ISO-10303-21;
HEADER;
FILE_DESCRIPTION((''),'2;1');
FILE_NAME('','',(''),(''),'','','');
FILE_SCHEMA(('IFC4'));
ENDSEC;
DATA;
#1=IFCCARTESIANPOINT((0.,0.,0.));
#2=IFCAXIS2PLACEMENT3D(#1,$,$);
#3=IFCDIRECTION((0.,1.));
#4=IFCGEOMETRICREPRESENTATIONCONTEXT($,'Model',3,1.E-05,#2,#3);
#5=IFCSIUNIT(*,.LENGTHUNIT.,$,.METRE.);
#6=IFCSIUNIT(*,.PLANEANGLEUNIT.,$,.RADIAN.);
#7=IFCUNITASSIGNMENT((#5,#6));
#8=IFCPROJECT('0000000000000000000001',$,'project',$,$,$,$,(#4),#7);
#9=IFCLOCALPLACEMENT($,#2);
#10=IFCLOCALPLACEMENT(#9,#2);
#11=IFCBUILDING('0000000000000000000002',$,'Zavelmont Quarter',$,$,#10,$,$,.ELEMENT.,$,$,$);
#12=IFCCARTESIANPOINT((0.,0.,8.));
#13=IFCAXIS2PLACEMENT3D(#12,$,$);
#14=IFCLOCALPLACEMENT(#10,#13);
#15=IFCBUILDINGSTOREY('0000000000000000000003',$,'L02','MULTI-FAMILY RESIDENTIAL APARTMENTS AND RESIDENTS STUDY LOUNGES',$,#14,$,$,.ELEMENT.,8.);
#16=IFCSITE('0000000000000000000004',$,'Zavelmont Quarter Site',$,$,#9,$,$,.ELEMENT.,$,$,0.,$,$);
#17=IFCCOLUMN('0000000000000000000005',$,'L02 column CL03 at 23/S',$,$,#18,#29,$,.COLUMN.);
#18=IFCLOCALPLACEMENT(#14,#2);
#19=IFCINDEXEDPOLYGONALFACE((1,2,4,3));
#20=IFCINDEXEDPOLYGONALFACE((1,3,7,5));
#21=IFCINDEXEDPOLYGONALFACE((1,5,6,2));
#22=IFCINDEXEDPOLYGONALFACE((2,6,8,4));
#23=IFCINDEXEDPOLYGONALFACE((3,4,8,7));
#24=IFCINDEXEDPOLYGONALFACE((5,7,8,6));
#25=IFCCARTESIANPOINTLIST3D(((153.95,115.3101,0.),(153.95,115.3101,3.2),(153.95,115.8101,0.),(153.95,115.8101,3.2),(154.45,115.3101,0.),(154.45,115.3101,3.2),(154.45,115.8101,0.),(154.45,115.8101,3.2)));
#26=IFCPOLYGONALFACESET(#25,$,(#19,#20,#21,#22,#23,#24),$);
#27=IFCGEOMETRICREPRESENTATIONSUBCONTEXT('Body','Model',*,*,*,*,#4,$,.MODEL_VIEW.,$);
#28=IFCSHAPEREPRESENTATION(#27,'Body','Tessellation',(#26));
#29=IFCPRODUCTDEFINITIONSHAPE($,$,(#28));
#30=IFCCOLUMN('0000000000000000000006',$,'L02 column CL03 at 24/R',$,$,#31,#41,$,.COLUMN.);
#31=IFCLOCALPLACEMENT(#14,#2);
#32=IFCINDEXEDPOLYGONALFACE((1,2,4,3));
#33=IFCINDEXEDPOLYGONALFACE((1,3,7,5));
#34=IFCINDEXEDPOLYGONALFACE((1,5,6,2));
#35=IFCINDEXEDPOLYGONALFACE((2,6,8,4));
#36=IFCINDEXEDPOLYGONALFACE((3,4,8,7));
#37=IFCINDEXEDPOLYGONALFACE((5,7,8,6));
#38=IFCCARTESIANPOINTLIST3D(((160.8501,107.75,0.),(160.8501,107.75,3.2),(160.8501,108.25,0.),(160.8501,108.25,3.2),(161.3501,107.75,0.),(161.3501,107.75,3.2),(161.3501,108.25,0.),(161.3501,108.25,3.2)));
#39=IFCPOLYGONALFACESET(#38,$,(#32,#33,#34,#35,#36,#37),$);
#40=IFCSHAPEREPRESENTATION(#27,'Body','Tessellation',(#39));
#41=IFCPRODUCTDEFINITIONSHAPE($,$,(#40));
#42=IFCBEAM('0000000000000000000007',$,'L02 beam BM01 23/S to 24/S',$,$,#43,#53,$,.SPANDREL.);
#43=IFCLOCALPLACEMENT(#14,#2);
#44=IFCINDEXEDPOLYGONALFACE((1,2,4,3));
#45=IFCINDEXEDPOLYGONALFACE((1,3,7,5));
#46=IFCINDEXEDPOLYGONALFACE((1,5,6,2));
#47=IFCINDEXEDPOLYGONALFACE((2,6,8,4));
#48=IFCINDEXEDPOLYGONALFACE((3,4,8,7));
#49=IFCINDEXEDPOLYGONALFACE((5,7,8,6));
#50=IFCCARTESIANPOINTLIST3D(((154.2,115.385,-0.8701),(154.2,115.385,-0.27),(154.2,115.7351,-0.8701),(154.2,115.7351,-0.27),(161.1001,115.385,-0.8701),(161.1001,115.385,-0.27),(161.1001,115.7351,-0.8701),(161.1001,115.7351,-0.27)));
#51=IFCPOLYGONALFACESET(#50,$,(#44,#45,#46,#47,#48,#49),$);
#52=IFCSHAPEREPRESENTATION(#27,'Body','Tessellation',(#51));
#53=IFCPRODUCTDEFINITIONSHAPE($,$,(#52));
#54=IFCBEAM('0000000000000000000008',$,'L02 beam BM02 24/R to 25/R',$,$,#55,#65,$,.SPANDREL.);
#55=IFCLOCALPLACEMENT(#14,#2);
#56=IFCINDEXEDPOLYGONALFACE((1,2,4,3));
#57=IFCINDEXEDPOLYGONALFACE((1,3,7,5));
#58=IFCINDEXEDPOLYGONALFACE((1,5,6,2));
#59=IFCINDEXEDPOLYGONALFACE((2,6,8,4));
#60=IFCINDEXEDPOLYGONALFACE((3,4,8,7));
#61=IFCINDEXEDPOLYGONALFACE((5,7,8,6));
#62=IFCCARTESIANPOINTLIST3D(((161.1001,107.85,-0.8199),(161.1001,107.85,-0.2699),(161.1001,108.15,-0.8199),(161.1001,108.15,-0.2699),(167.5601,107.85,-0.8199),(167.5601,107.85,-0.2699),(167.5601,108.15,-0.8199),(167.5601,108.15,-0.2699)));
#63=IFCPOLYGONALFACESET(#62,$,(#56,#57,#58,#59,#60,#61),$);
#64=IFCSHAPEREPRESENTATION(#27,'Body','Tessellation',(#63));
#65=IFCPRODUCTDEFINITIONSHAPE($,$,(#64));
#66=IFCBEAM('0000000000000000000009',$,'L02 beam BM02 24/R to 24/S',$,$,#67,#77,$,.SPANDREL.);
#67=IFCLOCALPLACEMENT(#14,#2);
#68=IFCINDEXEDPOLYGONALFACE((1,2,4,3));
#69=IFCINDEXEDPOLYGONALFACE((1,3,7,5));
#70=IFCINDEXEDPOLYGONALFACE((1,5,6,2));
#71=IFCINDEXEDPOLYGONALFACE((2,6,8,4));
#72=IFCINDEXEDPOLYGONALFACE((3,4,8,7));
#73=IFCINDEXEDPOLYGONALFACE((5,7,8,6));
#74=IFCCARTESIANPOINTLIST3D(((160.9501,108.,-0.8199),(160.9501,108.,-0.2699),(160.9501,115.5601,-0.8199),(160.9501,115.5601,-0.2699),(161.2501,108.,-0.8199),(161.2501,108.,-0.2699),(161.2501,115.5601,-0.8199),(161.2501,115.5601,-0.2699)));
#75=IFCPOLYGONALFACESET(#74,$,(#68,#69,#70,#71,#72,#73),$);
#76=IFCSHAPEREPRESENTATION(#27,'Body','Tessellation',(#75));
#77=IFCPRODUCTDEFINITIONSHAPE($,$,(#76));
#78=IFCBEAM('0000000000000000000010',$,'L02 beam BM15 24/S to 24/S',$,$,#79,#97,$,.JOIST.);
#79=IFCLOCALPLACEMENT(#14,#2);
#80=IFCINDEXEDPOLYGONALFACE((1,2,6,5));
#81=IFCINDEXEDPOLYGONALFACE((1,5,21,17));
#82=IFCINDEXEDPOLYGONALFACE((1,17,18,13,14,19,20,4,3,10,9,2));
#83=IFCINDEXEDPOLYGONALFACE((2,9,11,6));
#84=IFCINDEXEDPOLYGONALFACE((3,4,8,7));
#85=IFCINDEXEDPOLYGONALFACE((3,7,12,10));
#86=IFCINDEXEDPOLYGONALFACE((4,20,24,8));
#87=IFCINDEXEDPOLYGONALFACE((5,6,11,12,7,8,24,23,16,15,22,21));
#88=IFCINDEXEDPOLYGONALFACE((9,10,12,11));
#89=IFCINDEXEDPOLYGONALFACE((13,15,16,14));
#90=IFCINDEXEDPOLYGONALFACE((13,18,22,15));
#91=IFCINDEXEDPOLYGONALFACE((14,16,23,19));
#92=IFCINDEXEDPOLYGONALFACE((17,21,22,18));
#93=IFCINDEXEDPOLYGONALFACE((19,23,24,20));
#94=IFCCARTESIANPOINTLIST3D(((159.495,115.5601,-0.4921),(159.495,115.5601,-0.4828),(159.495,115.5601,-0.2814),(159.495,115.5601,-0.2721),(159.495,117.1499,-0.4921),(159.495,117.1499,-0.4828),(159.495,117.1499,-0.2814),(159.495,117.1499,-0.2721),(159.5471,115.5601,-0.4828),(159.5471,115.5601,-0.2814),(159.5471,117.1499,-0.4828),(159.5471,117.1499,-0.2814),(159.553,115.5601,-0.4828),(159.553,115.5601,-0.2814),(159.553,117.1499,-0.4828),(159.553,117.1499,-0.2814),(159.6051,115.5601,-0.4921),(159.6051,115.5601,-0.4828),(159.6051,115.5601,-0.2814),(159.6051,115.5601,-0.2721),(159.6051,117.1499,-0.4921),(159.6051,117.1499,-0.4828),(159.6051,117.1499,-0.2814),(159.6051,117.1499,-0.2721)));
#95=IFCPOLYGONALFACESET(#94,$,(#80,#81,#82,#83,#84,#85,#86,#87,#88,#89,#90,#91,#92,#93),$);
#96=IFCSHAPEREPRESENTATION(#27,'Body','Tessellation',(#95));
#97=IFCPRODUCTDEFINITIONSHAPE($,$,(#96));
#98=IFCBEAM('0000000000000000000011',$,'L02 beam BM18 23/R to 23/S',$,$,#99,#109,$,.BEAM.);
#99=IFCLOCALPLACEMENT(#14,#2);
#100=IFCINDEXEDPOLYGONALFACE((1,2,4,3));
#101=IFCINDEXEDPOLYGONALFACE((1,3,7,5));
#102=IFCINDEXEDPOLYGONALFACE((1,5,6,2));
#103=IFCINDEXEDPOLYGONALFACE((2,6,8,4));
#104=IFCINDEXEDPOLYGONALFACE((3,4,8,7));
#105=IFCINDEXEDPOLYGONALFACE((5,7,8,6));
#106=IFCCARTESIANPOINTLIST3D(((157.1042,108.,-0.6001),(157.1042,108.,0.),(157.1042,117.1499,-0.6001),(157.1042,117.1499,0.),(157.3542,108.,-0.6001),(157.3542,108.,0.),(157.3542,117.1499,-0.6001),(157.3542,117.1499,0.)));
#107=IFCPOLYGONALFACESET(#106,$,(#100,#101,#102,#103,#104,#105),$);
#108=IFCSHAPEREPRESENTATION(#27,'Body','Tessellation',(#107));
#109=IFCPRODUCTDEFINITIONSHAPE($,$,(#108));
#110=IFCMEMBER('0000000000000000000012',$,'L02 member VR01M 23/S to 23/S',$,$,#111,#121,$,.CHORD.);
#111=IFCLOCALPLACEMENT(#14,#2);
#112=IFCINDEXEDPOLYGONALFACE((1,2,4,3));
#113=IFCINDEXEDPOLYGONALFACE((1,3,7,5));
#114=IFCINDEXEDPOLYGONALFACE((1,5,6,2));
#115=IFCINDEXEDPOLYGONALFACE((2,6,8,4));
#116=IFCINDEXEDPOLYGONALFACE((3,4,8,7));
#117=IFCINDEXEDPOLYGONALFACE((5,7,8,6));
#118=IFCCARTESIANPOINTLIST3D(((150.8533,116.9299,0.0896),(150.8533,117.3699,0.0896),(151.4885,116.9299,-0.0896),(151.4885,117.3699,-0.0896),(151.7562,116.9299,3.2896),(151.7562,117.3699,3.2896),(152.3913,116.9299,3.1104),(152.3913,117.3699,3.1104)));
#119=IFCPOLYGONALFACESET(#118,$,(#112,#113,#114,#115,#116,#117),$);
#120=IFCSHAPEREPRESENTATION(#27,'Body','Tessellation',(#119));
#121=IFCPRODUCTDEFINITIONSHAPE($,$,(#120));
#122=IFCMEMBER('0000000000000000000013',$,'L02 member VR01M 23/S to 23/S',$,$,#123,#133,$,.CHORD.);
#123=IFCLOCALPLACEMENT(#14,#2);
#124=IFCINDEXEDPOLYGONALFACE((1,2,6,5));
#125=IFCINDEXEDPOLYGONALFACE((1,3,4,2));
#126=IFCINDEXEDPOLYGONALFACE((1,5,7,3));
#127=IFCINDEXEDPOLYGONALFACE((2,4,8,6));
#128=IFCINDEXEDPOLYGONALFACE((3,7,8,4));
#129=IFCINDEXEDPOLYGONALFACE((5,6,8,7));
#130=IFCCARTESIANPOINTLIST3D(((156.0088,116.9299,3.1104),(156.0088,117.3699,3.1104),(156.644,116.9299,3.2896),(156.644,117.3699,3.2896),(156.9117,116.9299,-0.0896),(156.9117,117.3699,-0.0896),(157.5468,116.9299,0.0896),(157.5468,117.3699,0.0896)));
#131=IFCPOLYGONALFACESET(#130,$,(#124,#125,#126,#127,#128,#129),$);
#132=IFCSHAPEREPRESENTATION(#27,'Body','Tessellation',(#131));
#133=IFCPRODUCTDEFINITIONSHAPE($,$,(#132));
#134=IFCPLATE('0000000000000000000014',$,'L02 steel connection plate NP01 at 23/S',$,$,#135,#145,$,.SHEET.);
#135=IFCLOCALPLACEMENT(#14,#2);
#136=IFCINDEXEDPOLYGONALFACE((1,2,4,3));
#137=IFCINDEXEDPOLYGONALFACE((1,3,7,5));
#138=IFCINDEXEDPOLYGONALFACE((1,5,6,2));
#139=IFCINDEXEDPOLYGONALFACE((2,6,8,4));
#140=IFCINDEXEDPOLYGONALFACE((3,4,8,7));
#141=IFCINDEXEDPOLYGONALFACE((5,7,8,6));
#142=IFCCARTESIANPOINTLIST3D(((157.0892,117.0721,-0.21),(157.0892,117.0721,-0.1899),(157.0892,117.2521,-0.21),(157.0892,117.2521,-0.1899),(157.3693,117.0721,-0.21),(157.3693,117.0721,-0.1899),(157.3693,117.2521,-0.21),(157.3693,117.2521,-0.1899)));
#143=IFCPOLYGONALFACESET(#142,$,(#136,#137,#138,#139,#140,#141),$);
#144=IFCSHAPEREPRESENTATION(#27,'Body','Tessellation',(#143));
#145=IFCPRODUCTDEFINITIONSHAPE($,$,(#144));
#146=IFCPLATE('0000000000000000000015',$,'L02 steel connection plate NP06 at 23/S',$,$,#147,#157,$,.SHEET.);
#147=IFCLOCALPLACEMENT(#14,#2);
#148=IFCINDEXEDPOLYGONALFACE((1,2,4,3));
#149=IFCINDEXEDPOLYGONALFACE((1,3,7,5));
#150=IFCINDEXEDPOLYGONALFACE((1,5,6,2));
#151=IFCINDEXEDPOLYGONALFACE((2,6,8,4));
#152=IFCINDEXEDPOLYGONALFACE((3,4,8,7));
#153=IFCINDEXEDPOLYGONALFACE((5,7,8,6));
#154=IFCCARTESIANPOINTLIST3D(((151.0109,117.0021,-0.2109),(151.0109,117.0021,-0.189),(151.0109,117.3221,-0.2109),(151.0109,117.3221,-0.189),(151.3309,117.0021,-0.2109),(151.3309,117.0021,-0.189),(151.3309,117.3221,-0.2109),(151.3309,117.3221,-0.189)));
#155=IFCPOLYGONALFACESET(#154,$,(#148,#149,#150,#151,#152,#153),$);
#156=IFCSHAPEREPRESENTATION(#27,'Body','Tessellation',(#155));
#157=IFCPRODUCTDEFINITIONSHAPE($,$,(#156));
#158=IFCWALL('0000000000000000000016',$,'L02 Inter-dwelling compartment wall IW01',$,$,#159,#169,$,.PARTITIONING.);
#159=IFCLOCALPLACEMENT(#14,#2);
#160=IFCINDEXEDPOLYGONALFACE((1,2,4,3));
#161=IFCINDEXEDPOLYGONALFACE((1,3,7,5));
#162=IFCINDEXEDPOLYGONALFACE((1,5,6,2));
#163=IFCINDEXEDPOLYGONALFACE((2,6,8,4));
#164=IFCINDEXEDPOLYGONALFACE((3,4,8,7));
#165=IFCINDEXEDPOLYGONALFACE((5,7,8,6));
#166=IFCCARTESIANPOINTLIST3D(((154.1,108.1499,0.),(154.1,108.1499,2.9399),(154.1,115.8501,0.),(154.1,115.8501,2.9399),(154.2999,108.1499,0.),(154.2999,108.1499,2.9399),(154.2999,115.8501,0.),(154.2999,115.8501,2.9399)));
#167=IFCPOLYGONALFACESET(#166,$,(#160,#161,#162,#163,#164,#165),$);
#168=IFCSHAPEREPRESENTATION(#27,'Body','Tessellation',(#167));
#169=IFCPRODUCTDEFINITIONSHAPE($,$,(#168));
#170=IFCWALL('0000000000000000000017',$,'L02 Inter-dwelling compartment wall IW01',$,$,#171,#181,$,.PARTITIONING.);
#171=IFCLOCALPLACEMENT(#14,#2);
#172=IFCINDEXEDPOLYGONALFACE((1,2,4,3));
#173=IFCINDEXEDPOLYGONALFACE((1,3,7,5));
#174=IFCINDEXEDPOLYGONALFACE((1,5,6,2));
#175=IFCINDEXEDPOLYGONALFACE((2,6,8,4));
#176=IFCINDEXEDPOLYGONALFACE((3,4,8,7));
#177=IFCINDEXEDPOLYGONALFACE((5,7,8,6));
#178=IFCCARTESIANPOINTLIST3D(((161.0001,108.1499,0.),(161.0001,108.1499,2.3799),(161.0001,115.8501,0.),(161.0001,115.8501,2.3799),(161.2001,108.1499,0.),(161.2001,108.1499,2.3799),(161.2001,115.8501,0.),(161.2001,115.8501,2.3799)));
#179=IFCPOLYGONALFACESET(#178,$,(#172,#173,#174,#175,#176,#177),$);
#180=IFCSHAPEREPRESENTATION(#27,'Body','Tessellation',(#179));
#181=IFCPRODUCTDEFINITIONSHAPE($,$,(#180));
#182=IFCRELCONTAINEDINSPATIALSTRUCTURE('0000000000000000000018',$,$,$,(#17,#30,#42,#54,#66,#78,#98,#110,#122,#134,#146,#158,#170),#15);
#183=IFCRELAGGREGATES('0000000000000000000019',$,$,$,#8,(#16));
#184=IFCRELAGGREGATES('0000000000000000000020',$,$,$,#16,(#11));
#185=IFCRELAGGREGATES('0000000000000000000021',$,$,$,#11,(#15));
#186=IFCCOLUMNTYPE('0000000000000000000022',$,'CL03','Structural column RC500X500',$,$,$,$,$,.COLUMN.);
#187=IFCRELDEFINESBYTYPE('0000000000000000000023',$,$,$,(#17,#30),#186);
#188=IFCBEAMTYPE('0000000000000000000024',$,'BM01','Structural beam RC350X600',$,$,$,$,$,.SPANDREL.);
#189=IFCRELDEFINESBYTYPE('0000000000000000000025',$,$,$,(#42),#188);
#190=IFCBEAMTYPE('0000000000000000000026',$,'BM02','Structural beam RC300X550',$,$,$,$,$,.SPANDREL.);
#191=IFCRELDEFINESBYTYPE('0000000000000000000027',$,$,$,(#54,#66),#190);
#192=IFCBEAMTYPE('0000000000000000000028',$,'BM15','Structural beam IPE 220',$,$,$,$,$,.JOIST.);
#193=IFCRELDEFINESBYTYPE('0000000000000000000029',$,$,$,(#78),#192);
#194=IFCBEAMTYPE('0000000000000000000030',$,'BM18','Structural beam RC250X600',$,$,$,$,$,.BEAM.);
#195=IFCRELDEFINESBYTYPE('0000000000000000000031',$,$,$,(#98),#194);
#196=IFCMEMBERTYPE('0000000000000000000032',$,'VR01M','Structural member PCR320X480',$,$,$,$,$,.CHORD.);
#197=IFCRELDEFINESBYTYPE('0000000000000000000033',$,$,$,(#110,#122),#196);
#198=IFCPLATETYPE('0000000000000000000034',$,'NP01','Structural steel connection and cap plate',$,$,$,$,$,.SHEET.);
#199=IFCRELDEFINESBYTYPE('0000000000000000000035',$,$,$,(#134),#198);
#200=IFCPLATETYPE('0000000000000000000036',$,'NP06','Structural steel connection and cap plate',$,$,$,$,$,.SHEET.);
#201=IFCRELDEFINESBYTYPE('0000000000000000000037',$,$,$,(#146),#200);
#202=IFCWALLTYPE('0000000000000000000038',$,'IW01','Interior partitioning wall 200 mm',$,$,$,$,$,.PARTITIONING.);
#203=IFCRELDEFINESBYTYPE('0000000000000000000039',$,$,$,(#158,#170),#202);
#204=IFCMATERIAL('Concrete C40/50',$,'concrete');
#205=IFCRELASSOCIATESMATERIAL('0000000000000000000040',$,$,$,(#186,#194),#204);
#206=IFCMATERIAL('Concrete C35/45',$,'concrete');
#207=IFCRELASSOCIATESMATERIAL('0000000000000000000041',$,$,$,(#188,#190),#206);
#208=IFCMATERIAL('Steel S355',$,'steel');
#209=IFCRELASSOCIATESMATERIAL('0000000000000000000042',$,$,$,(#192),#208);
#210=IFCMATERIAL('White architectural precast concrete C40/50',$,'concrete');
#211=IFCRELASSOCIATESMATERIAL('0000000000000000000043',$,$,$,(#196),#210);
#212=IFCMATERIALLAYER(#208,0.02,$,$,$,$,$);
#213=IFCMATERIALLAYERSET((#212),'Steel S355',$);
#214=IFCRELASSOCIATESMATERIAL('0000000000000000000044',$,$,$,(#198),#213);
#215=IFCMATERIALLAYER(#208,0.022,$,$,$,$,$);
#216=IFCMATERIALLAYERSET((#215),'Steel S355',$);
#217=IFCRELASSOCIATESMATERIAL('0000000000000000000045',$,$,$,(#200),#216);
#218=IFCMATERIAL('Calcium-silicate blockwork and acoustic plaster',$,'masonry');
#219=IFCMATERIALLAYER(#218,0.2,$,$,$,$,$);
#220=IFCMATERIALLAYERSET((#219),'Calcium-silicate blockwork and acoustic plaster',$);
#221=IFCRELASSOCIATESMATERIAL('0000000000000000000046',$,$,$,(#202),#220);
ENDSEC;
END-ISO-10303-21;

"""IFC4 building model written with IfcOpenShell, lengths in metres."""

from ifc_helpers import new_model, si_unit, direction, frame, frame_2d, origin, origin_2d, place, context, subcontext, project, spatial, rectangle, i_section, extrude, material, layer, layer_set, material_profile, profile_set, type_object, element, save


model = new_model("IFC4")

# Units and contexts
model_context = context("Model", 3, precision=1e-05, world=origin(), true_north=direction((0.0, 1.0)))
body_context = subcontext(model_context, "Body", "Model", "MODEL_VIEW")
ifc_project = project(units=[si_unit("LENGTHUNIT", "METRE"), si_unit("PLANEANGLEUNIT", "RADIAN")], contexts=[model_context])

# Site, building, storey
site_placement = place(None, origin())
site = spatial("IfcSite", under=ifc_project, at=site_placement, Name="Zavelmont Quarter Site", CompositionType="ELEMENT", RefElevation=0.0)
building_placement = place(site_placement, origin())
building = spatial("IfcBuilding", under=site, at=building_placement, Name="Zavelmont Quarter", CompositionType="ELEMENT")
storey_placement = place(building_placement, frame((0.0, 0.0, 8.0)))
storey = spatial("IfcBuildingStorey", under=building, at=storey_placement, Name="L02", Description="MULTI-FAMILY RESIDENTIAL APARTMENTS AND RESIDENTS STUDY LOUNGES", CompositionType="ELEMENT", Elevation=8.0)

# Columns
ifc_material_1 = material(Name="Concrete C40/50", Category="concrete")
ifc_material_profile_1 = material_profile(ifc_material_1, rectangle(XDim=0.5, YDim=0.5, at=origin_2d()), Name="RC500X500")
ifc_profile_set_1 = profile_set([ifc_material_profile_1], Name="Concrete C40/50")
column_type = type_object("IfcColumnType", Name="CL03", Description="Structural column RC500X500", PredefinedType="COLUMN", material=ifc_profile_set_1)
for number, where, z_axis, x_axis, name in (
    (1, (154.2, 115.5601, 0.0), (0.0, 0.0, 1.0), (1.0, 0.0, 0.0), "L02 column CL03 at 23/S"),
    (2, (161.1001, 108.0, 0.0), (0.0, 0.0, 1.0), (1.0, 0.0, 0.0), "L02 column CL03 at 24/R"),
):
    element("IfcColumn", number, at=place(storey_placement, frame(where, z_axis=z_axis, x_axis=x_axis)), inside=storey, type_object=column_type, Name=name, PredefinedType="COLUMN", context=body_context, shape_type="SweptSolid", body=[
        extrude(rectangle(XDim=0.5, YDim=0.5, at=origin_2d()), origin(), (0.0, 0.0, 1.0), 3.2),
    ])

# Beams
ifc_material_2 = material(Name="Concrete C35/45", Category="concrete")
ifc_material_profile_2 = material_profile(ifc_material_2, rectangle(XDim=0.3501, YDim=0.6001, at=origin_2d()), Name="RC350X600")
ifc_profile_set_2 = profile_set([ifc_material_profile_2], Name="Concrete C35/45")
beam_type_1 = type_object("IfcBeamType", Name="BM01", Description="Structural beam RC350X600", PredefinedType="SPANDREL", material=ifc_profile_set_2)
beam_1_placement = place(storey_placement, frame((154.2, 115.5601, -0.5701), z_axis=(1.0, 0.0, 0.0), x_axis=(0.0, 1.0, 0.0)))
element("IfcBeam", 3, at=beam_1_placement, inside=storey, type_object=beam_type_1, Name="L02 beam BM01 23/S to 24/S", PredefinedType="SPANDREL", context=body_context, shape_type="SweptSolid", body=[
    extrude(rectangle(XDim=0.3501, YDim=0.6001, at=origin_2d()), origin(), (0.0, 0.0, 1.0), 6.9001),
])
ifc_material_profile_3 = material_profile(ifc_material_2, rectangle(XDim=0.3, YDim=0.55, at=origin_2d()), Name="RC300X550")
ifc_profile_set_3 = profile_set([ifc_material_profile_3], Name="Concrete C35/45")
beam_type_2 = type_object("IfcBeamType", Name="BM02", Description="Structural beam RC300X550", PredefinedType="SPANDREL", material=ifc_profile_set_3)
beam_2_placement = place(storey_placement, frame((161.1001, 108.0, -0.5449), z_axis=(1.0, 0.0, 0.0), x_axis=(0.0, 1.0, 0.0)))
element("IfcBeam", 4, at=beam_2_placement, inside=storey, type_object=beam_type_2, Name="L02 beam BM02 24/R to 25/R", PredefinedType="SPANDREL", context=body_context, shape_type="SweptSolid", body=[
    extrude(rectangle(XDim=0.3, YDim=0.55, at=origin_2d()), origin(), (0.0, 0.0, 1.0), 6.46),
])
beam_3_placement = place(storey_placement, frame((161.1001, 108.0, -0.5449), z_axis=(0.0, 1.0, 0.0), x_axis=(-1.0, 0.0, 0.0)))
element("IfcBeam", 5, at=beam_3_placement, inside=storey, type_object=beam_type_2, Name="L02 beam BM02 24/R to 24/S", PredefinedType="SPANDREL", context=body_context, shape_type="SweptSolid", body=[
    extrude(rectangle(XDim=0.3, YDim=0.55, at=origin_2d()), origin(), (0.0, 0.0, 1.0), 7.5601),
])
ifc_material_3 = material(Name="Steel S355", Category="steel")
ifc_material_profile_4 = material_profile(ifc_material_3, i_section(OverallWidth=0.1101, OverallDepth=0.22, WebThickness=0.0059, FlangeThickness=0.0093, at=origin_2d()), Name="IPE 220")
ifc_profile_set_4 = profile_set([ifc_material_profile_4], Name="Steel S355")
beam_type_3 = type_object("IfcBeamType", Name="BM15", Description="Structural beam IPE 220", PredefinedType="JOIST", material=ifc_profile_set_4)
beam_4_placement = place(storey_placement, frame((159.55, 115.5601, -0.3821), z_axis=(0.0, 1.0, 0.0), x_axis=(-1.0, 0.0, 0.0)))
element("IfcBeam", 6, at=beam_4_placement, inside=storey, type_object=beam_type_3, Name="L02 beam BM15 24/S to 24/S", PredefinedType="JOIST", context=body_context, shape_type="SweptSolid", body=[
    extrude(i_section(OverallWidth=0.1101, OverallDepth=0.22, WebThickness=0.0059, FlangeThickness=0.0093, at=origin_2d()), origin(), (0.0, 0.0, 1.0), 1.5898),
])
ifc_material_profile_5 = material_profile(ifc_material_1, rectangle(XDim=0.25, YDim=0.6001, at=origin_2d()), Name="RC250X600")
ifc_profile_set_5 = profile_set([ifc_material_profile_5], Name="Concrete C40/50")
beam_type_4 = type_object("IfcBeamType", Name="BM18", Description="Structural beam RC250X600", PredefinedType="BEAM", material=ifc_profile_set_5)
beam_5_placement = place(storey_placement, frame((157.2292, 108.0, -0.3), z_axis=(0.0, 1.0, 0.0), x_axis=(-1.0, 0.0, 0.0)))
element("IfcBeam", 7, at=beam_5_placement, inside=storey, type_object=beam_type_4, Name="L02 beam BM18 23/R to 23/S", PredefinedType="BEAM", context=body_context, shape_type="SweptSolid", body=[
    extrude(rectangle(XDim=0.25, YDim=0.6001, at=origin_2d()), origin(), (0.0, 0.0, 1.0), 9.1499),
])

# Members
ifc_material_4 = material(Name="White architectural precast concrete C40/50", Category="concrete")
ifc_material_profile_6 = material_profile(ifc_material_4, rectangle(XDim=0.4399, YDim=0.6599, at=origin_2d()), Name="PCR320X480")
ifc_profile_set_6 = profile_set([ifc_material_profile_6], Name="White architectural precast concrete C40/50")
member_type = type_object("IfcMemberType", Name="VR01M", Description="Structural member PCR320X480", PredefinedType="CHORD", material=ifc_profile_set_6)
for number, where, z_axis, x_axis, name in (
    (8, (151.1709, 117.1499, 0.0), (0.271539, 0.0, 0.962428), (0.0, 1.0, 0.0), "L02 member VR01M 23/S to 23/S"),
    (9, (157.2292, 117.1499, 0.0), (-0.271539, 0.0, 0.962428), (0.0, -1.0, 0.0), "L02 member VR01M 23/S to 23/S"),
):
    element("IfcMember", number, at=place(storey_placement, frame(where, z_axis=z_axis, x_axis=x_axis)), inside=storey, type_object=member_type, Name=name, PredefinedType="CHORD", context=body_context, shape_type="SweptSolid", body=[
        extrude(rectangle(XDim=0.4399, YDim=0.6599, at=origin_2d()), origin(), (0.0, 0.0, 1.0), 3.325),
    ])

# Plates
ifc_layer_1 = layer(ifc_material_3, 0.02)
ifc_layer_set_1 = layer_set([ifc_layer_1], Name="Steel S355")
plate_type_1 = type_object("IfcPlateType", Name="NP01", Description="Structural steel connection and cap plate", PredefinedType="SHEET", material=ifc_layer_set_1)
plate_1_placement = place(storey_placement, frame((157.2292, 117.1621, -0.21), z_axis=(0.0, 0.0, 1.0), x_axis=(1.0, 0.0, 0.0)))
element("IfcPlate", 10, at=plate_1_placement, inside=storey, type_object=plate_type_1, Name="L02 steel connection plate NP01 at 23/S", PredefinedType="SHEET", context=body_context, shape_type="SweptSolid", body=[
    extrude(rectangle(XDim=0.28, YDim=0.1799, at=origin_2d()), origin(), (0.0, 0.0, 1.0), 0.02),
])
ifc_layer_2 = layer(ifc_material_3, 0.022)
ifc_layer_set_2 = layer_set([ifc_layer_2], Name="Steel S355")
plate_type_2 = type_object("IfcPlateType", Name="NP06", Description="Structural steel connection and cap plate", PredefinedType="SHEET", material=ifc_layer_set_2)
plate_2_placement = place(storey_placement, frame((151.1709, 117.1621, -0.2109), z_axis=(0.0, 0.0, 1.0), x_axis=(1.0, 0.0, 0.0)))
element("IfcPlate", 11, at=plate_2_placement, inside=storey, type_object=plate_type_2, Name="L02 steel connection plate NP06 at 23/S", PredefinedType="SHEET", context=body_context, shape_type="SweptSolid", body=[
    extrude(rectangle(XDim=0.3201, YDim=0.3201, at=origin_2d()), origin(), (0.0, 0.0, 1.0), 0.022),
])

# Walls
ifc_material_5 = material(Name="Calcium-silicate blockwork and acoustic plaster", Category="masonry")
ifc_layer_3 = layer(ifc_material_5, 0.2)
ifc_layer_set_3 = layer_set([ifc_layer_3], Name="Calcium-silicate blockwork and acoustic plaster")
wall_type_1 = type_object("IfcWallType", Name="IW01", Description="Interior partitioning wall 200 mm", PredefinedType="PARTITIONING", material=ifc_layer_set_3)
wall_1_placement = place(storey_placement, frame((154.2, 108.1499, 0.0), z_axis=(0.0, 0.0, 1.0), x_axis=(0.0, 1.0, 0.0)))
element("IfcWall", 12, at=wall_1_placement, inside=storey, type_object=wall_type_1, Name="L02 Inter-dwelling compartment wall IW01", PredefinedType="PARTITIONING", context=body_context, shape_type="SweptSolid", body=[
    extrude(rectangle(XDim=7.7002, YDim=0.2, at=frame_2d((3.8501, 0.0))), origin(), (0.0, 0.0, 1.0), 2.9399),
])
wall_2_placement = place(storey_placement, frame((161.1001, 108.1499, 0.0), z_axis=(0.0, 0.0, 1.0), x_axis=(0.0, 1.0, 0.0)))
element("IfcWall", 13, at=wall_2_placement, inside=storey, type_object=wall_type_1, Name="L02 Inter-dwelling compartment wall IW01", PredefinedType="PARTITIONING", context=body_context, shape_type="SweptSolid", body=[
    extrude(rectangle(XDim=7.7002, YDim=0.2, at=frame_2d((3.8501, 0.0))), origin(), (0.0, 0.0, 1.0), 2.3799),
])

save(model, "model.ifc")
